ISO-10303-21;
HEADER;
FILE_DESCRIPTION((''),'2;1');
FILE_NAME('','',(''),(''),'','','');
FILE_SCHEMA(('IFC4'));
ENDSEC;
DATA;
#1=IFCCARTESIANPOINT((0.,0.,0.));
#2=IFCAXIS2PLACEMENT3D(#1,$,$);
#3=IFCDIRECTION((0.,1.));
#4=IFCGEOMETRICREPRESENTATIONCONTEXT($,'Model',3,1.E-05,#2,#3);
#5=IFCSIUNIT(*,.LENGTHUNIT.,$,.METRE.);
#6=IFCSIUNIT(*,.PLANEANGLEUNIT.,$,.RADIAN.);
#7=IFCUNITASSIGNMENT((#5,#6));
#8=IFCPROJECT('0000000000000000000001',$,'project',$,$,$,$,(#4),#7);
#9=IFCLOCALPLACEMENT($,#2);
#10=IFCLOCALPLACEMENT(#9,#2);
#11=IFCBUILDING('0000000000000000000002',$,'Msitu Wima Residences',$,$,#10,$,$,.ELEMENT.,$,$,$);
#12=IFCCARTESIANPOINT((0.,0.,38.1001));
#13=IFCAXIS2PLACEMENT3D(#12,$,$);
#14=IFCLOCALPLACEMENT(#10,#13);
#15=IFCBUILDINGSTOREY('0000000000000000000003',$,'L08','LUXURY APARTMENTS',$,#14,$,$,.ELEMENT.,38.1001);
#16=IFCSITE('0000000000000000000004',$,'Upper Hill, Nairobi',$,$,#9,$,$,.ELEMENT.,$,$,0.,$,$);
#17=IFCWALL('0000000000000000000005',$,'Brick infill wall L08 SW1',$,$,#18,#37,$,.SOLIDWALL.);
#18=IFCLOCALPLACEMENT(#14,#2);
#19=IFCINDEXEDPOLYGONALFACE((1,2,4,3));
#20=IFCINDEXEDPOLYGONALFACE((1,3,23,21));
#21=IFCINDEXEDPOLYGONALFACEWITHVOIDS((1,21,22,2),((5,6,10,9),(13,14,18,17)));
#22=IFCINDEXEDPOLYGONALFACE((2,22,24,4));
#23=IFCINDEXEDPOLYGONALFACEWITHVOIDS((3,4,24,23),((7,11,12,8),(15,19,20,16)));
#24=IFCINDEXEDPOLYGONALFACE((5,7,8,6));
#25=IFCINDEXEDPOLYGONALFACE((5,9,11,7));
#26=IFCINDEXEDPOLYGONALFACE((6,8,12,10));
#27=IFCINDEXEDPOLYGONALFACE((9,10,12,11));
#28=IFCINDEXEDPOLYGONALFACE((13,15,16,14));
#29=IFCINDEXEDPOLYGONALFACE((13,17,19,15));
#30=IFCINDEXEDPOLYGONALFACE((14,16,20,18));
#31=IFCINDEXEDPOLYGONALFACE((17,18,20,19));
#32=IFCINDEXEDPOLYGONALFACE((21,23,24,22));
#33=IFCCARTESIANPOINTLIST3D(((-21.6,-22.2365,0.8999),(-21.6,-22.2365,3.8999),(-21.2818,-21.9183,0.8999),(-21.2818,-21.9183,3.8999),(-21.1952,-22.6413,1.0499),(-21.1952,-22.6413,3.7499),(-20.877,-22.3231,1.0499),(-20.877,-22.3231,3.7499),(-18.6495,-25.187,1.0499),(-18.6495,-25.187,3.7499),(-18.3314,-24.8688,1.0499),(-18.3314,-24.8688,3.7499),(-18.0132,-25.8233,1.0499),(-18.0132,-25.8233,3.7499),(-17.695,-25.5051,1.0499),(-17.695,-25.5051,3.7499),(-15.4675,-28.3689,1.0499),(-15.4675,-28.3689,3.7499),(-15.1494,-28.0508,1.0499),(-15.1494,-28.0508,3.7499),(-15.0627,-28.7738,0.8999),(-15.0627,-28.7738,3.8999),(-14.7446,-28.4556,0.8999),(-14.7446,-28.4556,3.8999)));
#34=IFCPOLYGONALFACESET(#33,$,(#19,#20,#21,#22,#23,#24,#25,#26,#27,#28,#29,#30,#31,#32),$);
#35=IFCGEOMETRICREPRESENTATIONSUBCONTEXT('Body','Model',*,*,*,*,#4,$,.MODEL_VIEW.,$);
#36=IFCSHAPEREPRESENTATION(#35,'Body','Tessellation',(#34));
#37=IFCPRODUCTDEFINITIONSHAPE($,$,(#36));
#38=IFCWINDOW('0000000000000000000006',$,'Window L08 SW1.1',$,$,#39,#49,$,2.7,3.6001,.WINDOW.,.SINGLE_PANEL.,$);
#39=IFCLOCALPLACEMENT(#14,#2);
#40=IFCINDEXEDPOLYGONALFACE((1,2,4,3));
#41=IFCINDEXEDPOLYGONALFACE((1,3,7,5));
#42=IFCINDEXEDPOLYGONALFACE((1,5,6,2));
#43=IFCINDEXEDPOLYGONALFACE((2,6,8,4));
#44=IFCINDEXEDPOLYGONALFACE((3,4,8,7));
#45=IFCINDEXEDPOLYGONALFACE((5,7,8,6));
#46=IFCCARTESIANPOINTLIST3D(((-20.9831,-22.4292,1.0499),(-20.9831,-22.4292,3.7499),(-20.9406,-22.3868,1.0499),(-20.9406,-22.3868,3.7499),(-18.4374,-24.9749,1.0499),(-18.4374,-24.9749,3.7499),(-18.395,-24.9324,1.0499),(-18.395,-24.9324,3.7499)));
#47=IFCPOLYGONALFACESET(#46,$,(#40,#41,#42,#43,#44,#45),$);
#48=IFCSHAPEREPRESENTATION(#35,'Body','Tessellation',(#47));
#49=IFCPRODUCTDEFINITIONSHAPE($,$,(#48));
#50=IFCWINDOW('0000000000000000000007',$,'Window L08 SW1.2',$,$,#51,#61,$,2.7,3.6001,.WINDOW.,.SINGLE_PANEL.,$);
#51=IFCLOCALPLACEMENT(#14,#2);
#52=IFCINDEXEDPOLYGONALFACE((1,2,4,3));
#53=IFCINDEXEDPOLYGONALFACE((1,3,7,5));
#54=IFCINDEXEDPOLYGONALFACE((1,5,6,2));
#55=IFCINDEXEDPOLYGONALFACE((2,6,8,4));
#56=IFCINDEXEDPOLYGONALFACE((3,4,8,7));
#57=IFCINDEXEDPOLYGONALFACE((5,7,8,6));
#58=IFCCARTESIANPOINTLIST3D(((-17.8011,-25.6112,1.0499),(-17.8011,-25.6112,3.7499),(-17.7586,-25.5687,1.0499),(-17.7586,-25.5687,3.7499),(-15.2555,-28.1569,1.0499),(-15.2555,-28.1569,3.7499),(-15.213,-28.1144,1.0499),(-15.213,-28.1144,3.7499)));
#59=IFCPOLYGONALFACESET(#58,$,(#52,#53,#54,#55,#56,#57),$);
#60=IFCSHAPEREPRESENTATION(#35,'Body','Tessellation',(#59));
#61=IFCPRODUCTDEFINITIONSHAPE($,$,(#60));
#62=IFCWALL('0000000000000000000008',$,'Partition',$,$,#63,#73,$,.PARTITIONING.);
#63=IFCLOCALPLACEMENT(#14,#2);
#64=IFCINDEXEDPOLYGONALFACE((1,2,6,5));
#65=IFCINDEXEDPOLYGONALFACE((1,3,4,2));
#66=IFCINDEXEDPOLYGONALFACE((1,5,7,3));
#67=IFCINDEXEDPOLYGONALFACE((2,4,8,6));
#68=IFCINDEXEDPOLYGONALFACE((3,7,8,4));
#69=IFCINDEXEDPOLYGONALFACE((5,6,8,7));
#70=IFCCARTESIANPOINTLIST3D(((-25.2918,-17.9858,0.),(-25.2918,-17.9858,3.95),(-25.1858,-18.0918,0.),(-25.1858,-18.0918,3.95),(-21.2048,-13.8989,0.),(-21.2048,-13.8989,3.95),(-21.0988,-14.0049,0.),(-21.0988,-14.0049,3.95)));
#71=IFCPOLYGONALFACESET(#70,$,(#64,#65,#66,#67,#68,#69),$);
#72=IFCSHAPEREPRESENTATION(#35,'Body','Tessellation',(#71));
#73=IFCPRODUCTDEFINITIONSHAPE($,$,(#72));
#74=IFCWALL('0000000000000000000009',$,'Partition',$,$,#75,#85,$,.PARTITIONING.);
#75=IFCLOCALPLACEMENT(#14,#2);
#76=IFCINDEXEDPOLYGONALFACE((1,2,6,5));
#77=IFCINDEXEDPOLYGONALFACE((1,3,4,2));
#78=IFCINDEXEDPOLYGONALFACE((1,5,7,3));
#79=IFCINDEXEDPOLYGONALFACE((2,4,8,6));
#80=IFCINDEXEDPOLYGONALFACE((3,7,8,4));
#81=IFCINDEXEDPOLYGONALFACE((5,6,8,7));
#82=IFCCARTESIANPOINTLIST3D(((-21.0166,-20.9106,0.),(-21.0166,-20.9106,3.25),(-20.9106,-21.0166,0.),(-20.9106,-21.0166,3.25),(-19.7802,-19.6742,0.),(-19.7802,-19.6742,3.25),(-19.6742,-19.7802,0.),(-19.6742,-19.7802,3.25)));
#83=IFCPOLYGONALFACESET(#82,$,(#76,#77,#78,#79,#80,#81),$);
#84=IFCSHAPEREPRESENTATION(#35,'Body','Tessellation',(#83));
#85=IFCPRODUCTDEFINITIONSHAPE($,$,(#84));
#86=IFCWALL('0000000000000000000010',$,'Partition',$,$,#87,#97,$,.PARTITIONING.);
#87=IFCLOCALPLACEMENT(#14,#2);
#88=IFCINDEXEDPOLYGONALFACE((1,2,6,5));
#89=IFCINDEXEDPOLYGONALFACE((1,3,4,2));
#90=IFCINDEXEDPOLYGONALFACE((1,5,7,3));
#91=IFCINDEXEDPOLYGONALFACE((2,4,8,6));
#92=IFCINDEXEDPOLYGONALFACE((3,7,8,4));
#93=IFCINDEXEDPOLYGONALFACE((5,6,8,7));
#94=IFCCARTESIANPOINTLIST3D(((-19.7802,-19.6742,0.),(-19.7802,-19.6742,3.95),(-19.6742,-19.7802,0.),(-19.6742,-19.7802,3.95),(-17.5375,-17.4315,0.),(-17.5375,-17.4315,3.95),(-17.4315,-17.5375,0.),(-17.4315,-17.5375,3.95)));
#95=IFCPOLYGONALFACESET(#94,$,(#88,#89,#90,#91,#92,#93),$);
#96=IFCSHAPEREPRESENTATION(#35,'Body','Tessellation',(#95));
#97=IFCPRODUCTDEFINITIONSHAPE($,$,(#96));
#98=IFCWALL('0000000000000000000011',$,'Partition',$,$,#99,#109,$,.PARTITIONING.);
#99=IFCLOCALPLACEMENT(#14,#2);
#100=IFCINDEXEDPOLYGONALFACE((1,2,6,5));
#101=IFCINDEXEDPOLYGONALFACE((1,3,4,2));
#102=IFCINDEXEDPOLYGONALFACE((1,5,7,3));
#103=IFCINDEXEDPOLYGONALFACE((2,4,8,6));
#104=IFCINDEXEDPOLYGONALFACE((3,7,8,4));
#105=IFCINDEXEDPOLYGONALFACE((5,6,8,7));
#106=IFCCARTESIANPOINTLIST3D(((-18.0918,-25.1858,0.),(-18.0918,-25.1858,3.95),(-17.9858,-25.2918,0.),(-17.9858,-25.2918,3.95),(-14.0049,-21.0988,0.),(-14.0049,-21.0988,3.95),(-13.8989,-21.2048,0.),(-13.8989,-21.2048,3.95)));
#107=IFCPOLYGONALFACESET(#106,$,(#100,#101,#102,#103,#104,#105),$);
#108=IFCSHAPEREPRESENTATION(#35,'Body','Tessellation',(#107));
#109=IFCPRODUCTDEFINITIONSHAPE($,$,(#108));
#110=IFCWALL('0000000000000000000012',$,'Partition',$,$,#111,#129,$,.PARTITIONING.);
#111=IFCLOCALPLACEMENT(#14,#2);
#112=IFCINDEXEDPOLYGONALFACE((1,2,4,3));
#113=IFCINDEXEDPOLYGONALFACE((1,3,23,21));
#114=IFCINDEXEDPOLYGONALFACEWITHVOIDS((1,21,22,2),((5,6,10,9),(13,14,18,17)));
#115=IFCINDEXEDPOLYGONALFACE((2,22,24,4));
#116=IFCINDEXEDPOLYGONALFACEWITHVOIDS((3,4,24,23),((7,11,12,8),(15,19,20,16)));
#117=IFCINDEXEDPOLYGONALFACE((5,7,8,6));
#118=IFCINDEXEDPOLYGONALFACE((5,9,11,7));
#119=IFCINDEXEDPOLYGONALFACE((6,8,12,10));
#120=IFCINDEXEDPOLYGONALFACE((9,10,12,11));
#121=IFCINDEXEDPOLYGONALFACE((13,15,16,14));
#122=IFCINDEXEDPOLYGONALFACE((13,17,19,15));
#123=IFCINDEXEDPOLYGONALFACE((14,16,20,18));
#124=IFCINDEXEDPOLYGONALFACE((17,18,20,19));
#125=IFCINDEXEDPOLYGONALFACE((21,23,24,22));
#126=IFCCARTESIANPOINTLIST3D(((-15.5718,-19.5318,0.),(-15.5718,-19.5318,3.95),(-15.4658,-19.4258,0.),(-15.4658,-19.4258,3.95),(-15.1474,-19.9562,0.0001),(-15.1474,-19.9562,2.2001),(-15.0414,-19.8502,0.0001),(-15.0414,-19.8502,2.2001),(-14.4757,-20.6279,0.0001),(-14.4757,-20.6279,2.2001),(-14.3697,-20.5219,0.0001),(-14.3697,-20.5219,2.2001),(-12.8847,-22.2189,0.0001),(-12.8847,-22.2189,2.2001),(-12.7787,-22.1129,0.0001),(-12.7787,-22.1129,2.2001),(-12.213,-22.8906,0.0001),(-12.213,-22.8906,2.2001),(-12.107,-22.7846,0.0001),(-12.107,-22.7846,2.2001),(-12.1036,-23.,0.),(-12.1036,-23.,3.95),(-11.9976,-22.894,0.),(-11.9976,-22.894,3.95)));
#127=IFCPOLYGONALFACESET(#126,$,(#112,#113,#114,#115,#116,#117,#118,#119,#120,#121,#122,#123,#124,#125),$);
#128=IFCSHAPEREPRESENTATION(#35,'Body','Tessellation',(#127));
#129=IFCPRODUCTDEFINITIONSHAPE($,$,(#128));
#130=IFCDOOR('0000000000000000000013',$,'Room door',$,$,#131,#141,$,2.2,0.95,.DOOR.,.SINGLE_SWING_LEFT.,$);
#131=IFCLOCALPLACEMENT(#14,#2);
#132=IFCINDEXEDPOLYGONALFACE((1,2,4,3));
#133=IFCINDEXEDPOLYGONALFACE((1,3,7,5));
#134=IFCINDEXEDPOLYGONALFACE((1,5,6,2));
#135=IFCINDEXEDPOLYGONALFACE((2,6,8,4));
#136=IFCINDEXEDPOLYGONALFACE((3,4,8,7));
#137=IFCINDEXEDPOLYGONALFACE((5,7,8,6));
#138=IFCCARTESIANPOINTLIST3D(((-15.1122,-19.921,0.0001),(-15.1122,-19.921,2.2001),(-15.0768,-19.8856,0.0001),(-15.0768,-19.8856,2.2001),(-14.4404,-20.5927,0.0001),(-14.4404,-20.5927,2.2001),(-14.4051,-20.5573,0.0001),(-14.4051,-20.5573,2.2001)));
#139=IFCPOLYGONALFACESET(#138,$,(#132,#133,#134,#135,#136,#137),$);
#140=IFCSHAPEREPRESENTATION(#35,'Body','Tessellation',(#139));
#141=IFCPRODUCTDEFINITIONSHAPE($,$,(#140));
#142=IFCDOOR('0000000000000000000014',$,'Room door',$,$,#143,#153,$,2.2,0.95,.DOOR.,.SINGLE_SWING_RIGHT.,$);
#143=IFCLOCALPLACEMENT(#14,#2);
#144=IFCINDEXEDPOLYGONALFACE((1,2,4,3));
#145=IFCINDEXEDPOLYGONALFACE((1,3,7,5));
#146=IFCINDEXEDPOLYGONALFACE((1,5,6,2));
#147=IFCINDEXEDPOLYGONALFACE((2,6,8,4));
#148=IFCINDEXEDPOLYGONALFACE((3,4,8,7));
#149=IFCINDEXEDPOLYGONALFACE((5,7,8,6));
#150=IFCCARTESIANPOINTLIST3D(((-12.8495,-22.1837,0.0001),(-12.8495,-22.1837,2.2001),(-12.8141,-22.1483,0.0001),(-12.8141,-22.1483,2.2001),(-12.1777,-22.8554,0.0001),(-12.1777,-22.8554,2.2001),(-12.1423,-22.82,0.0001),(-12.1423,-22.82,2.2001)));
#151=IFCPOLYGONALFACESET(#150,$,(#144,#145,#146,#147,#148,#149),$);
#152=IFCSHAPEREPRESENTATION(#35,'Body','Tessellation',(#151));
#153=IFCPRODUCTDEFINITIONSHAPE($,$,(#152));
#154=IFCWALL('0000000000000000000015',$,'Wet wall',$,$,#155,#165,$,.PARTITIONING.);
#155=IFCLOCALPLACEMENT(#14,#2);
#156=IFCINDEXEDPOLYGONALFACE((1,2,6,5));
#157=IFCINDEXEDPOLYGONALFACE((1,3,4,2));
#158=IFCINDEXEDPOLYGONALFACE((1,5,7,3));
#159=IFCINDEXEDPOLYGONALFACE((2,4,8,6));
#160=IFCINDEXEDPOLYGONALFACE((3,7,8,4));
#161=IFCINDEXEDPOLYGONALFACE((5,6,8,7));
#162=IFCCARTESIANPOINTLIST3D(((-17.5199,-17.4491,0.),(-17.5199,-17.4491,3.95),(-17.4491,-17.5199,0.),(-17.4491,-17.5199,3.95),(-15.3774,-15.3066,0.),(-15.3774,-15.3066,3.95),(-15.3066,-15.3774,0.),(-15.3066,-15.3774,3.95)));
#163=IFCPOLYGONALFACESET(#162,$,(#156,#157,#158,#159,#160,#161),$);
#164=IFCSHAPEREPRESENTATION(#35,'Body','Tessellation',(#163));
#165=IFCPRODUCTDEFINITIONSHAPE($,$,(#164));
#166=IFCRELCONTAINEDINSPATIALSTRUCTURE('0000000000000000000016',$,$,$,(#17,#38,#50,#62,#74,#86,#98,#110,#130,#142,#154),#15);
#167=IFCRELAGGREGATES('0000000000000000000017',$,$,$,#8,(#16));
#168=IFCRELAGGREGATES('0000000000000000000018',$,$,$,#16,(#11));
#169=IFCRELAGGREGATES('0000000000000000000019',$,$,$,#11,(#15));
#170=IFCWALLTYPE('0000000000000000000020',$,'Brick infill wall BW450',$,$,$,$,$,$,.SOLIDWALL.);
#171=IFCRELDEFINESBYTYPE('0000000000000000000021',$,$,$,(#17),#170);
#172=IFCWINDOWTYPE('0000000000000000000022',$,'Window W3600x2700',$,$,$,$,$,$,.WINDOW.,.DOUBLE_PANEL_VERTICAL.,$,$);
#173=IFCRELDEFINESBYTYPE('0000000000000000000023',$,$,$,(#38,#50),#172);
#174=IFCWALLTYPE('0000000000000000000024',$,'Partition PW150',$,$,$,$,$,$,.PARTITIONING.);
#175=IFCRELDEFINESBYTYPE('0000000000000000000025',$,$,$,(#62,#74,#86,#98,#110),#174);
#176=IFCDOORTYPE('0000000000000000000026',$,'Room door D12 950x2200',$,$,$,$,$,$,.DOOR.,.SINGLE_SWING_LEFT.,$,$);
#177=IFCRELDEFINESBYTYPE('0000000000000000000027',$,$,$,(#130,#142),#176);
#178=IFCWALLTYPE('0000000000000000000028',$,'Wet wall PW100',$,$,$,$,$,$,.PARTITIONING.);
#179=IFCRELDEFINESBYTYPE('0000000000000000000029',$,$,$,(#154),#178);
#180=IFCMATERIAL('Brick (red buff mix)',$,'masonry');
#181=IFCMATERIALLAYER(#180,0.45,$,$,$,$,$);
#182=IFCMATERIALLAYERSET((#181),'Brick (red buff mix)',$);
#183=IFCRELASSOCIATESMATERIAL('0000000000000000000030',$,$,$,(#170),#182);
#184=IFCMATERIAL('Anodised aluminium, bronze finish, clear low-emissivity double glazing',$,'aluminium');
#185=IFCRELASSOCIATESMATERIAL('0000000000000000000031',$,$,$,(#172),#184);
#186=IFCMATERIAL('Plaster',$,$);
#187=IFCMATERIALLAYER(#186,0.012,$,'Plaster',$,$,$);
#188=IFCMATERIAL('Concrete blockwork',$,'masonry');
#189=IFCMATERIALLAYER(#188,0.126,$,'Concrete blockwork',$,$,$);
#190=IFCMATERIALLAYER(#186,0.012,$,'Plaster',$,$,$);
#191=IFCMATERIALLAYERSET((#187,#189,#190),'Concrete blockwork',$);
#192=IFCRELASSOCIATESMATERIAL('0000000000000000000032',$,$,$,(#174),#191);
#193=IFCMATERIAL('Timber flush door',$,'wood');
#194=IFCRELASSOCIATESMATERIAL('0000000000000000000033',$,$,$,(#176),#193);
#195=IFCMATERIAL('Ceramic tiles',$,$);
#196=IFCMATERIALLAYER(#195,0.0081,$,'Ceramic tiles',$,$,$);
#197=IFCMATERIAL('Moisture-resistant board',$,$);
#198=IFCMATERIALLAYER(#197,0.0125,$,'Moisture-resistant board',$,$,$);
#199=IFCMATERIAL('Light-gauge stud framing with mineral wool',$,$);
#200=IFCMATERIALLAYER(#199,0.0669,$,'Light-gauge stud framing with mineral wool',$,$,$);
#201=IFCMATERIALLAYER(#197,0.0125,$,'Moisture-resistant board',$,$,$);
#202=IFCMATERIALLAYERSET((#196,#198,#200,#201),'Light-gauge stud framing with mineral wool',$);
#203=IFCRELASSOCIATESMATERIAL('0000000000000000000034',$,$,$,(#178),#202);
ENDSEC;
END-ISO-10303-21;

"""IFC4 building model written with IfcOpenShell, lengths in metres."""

from ifc_helpers import new_model, si_unit, direction, frame, frame_2d, origin, place, context, subcontext, project, spatial, rectangle, extrude, material, layer, layer_set, type_object, element, fill, save


model = new_model("IFC4")

# Units and contexts
model_context = context("Model", 3, precision=1e-05, world=origin(), true_north=direction((0.0, 1.0)))
body_context = subcontext(model_context, "Body", "Model", "MODEL_VIEW")
ifc_project = project(units=[si_unit("LENGTHUNIT", "METRE"), si_unit("PLANEANGLEUNIT", "RADIAN")], contexts=[model_context])

# Site, building, storey
site_placement = place(None, origin())
site = spatial("IfcSite", under=ifc_project, at=site_placement, Name="Upper Hill, Nairobi", CompositionType="ELEMENT", RefElevation=0.0)
building_placement = place(site_placement, origin())
building = spatial("IfcBuilding", under=site, at=building_placement, Name="Msitu Wima Residences", CompositionType="ELEMENT")
storey_placement = place(building_placement, frame((0.0, 0.0, 38.1001)))
storey = spatial("IfcBuildingStorey", under=building, at=storey_placement, Name="L08", Description="LUXURY APARTMENTS", CompositionType="ELEMENT", Elevation=38.1001)

# Shared definitions
ifc_material_1 = material(Name="Brick (red buff mix)", Category="masonry")
ifc_layer_1 = layer(ifc_material_1, 0.45)
ifc_layer_set_1 = layer_set([ifc_layer_1], Name="Brick (red buff mix)")
wall_type_1 = type_object("IfcWallType", Name="Brick infill wall BW450", PredefinedType="SOLIDWALL", material=ifc_layer_set_1)
ifc_material_2 = material(Name="Anodised aluminium, bronze finish, clear low-emissivity double glazing", Category="aluminium")
window_type = type_object("IfcWindowType", Name="Window W3600x2700", PartitioningType="DOUBLE_PANEL_VERTICAL", PredefinedType="WINDOW", material=ifc_material_2)

# Wall, openings, windows
wall_1_placement = place(storey_placement, frame((-21.4409, -22.0774, 0.8999), z_axis=(0.0, 0.0, 1.0), x_axis=(0.707107, -0.707107, 0.0)))
wall_1 = element("IfcWall", 1, at=wall_1_placement, inside=storey, type_object=wall_type_1, Name="Brick infill wall L08 SW1", PredefinedType="SOLIDWALL", context=body_context, shape_type="SweptSolid", body=[
    extrude(rectangle(XDim=9.2451, YDim=0.45, at=frame_2d((4.6226, 0.0))), origin(), (0.0, 0.0, 1.0), 3.0),
])
opening_1_placement = place(wall_1_placement, frame((0.5725, 0.0, 0.1499)))
opening_1 = element("IfcOpeningElement", 2, at=opening_1_placement, cuts=wall_1, PredefinedType="OPENING", context=body_context, shape_type="SweptSolid", body=[
    extrude(rectangle(XDim=3.6001, YDim=2.7, at=frame_2d((1.8, 1.3501))), frame((0.0, 0.2349, 0.0), z_axis=(0.0, -1.0, 0.0), x_axis=(1.0, 0.0, 0.0)), (0.0, 0.0, 1.0), 0.47),
])
opening_2_placement = place(wall_1_placement, frame((5.0725, 0.0, 0.1499)))
opening_2 = element("IfcOpeningElement", 3, at=opening_2_placement, cuts=wall_1, PredefinedType="OPENING", context=body_context, shape_type="SweptSolid", body=[
    extrude(rectangle(XDim=3.6001, YDim=2.7, at=frame_2d((1.8, 1.3501))), frame((0.0, 0.2349, 0.0), z_axis=(0.0, -1.0, 0.0), x_axis=(1.0, 0.0, 0.0)), (0.0, 0.0, 1.0), 0.47),
])
window_1_placement = place(opening_1_placement, origin())
window_1 = element("IfcWindow", 4, at=window_1_placement, inside=storey, type_object=window_type, Name="Window L08 SW1.1", OverallHeight=2.7, OverallWidth=3.6001, PartitioningType="SINGLE_PANEL", PredefinedType="WINDOW", context=body_context, shape_type="SweptSolid", body=[
    extrude(rectangle(XDim=3.6001, YDim=2.7, at=frame_2d((1.8, 1.3501))), frame((0.0, 0.135, 0.0), z_axis=(0.0, -1.0, 0.0), x_axis=(1.0, 0.0, 0.0)), (0.0, 0.0, 1.0), 0.0601),
])
fill(opening_1, window_1)
window_2_placement = place(opening_2_placement, origin())
window_2 = element("IfcWindow", 5, at=window_2_placement, inside=storey, type_object=window_type, Name="Window L08 SW1.2", OverallHeight=2.7, OverallWidth=3.6001, PartitioningType="SINGLE_PANEL", PredefinedType="WINDOW", context=body_context, shape_type="SweptSolid", body=[
    extrude(rectangle(XDim=3.6001, YDim=2.7, at=frame_2d((1.8, 1.3501))), frame((0.0, 0.135, 0.0), z_axis=(0.0, -1.0, 0.0), x_axis=(1.0, 0.0, 0.0)), (0.0, 0.0, 1.0), 0.0601),
])
fill(opening_2, window_2)

# Walls
ifc_material_3 = material(Name="Plaster")
ifc_layer_2 = layer(ifc_material_3, 0.012, Name="Plaster")
ifc_material_4 = material(Name="Concrete blockwork", Category="masonry")
ifc_layer_3 = layer(ifc_material_4, 0.126, Name="Concrete blockwork")
ifc_layer_4 = layer(ifc_material_3, 0.012, Name="Plaster")
ifc_layer_set_2 = layer_set([ifc_layer_2, ifc_layer_3, ifc_layer_4], Name="Concrete blockwork")
wall_type_2 = type_object("IfcWallType", Name="Partition PW150", PredefinedType="PARTITIONING", material=ifc_layer_set_2)
wall_2_placement = place(storey_placement, frame((-25.2388, -18.0388, 0.0), z_axis=(0.0, 0.0, 1.0), x_axis=(0.707107, 0.707107, 0.0)))
element("IfcWall", 6, at=wall_2_placement, inside=storey, type_object=wall_type_2, Name="Partition", PredefinedType="PARTITIONING", context=body_context, shape_type="SweptSolid", body=[
    extrude(rectangle(XDim=5.7798, YDim=0.1499, at=frame_2d((2.8899, 0.0))), origin(), (0.0, 0.0, 1.0), 3.95),
])
wall_3_placement = place(storey_placement, frame((-20.9636, -20.9636, 0.0), z_axis=(0.0, 0.0, 1.0), x_axis=(0.707107, 0.707107, 0.0)))
element("IfcWall", 7, at=wall_3_placement, inside=storey, type_object=wall_type_2, Name="Partition", PredefinedType="PARTITIONING", context=body_context, shape_type="SweptSolid", body=[
    extrude(rectangle(XDim=1.7485, YDim=0.1499, at=frame_2d((0.8743, 0.0))), origin(), (0.0, 0.0, 1.0), 3.25),
])
wall_4_placement = place(storey_placement, frame((-19.7273, -19.7273, 0.0), z_axis=(0.0, 0.0, 1.0), x_axis=(0.707107, 0.707107, 0.0)))
element("IfcWall", 8, at=wall_4_placement, inside=storey, type_object=wall_type_2, Name="Partition", PredefinedType="PARTITIONING", context=body_context, shape_type="SweptSolid", body=[
    extrude(rectangle(XDim=3.1716, YDim=0.1499, at=frame_2d((1.5859, 0.0))), origin(), (0.0, 0.0, 1.0), 3.95),
])
wall_5_placement = place(storey_placement, frame((-18.0388, -25.2388, 0.0), z_axis=(0.0, 0.0, 1.0), x_axis=(0.707107, 0.707107, 0.0)))
element("IfcWall", 9, at=wall_5_placement, inside=storey, type_object=wall_type_2, Name="Partition", PredefinedType="PARTITIONING", context=body_context, shape_type="SweptSolid", body=[
    extrude(rectangle(XDim=5.7798, YDim=0.1499, at=frame_2d((2.8899, 0.0))), origin(), (0.0, 0.0, 1.0), 3.95),
])

# Wall, openings, doors
wall_6_placement = place(storey_placement, frame((-15.5188, -19.4788, 0.0), z_axis=(0.0, 0.0, 1.0), x_axis=(0.707107, -0.707107, 0.0)))
wall_6 = element("IfcWall", 10, at=wall_6_placement, inside=storey, type_object=wall_type_2, Name="Partition", PredefinedType="PARTITIONING", context=body_context, shape_type="SweptSolid", body=[
    extrude(rectangle(XDim=4.9048, YDim=0.1499, at=frame_2d((2.4524, 0.0))), origin(), (0.0, 0.0, 1.0), 3.95),
])
opening_3_placement = place(wall_6_placement, frame((0.6001, 0.0, 0.0)))
opening_3 = element("IfcOpeningElement", 11, at=opening_3_placement, cuts=wall_6, PredefinedType="OPENING", context=body_context, shape_type="SweptSolid", body=[
    extrude(rectangle(XDim=0.95, YDim=2.2, at=frame_2d((0.4751, 1.1001))), frame((0.0, 0.085, 0.0), z_axis=(0.0, -1.0, 0.0), x_axis=(1.0, 0.0, 0.0)), (0.0, 0.0, 1.0), 0.1699),
])
opening_4_placement = place(wall_6_placement, frame((3.8, 0.0, 0.0)))
opening_4 = element("IfcOpeningElement", 12, at=opening_4_placement, cuts=wall_6, PredefinedType="OPENING", context=body_context, shape_type="SweptSolid", body=[
    extrude(rectangle(XDim=0.95, YDim=2.2, at=frame_2d((0.4751, 1.1001))), frame((0.0, 0.085, 0.0), z_axis=(0.0, -1.0, 0.0), x_axis=(1.0, 0.0, 0.0)), (0.0, 0.0, 1.0), 0.1699),
])
ifc_material_5 = material(Name="Timber flush door", Category="wood")
door_type_1 = type_object("IfcDoorType", Name="Room door D12 950x2200", OperationType="SINGLE_SWING_LEFT", PredefinedType="DOOR", material=ifc_material_5)
door_1_placement = place(opening_3_placement, origin())
door_1 = element("IfcDoor", 13, at=door_1_placement, inside=storey, type_object=door_type_1, Name="Room door", OperationType="SINGLE_SWING_LEFT", OverallHeight=2.2, OverallWidth=0.95, PredefinedType="DOOR", context=body_context, shape_type="SweptSolid", body=[
    extrude(rectangle(XDim=0.95, YDim=2.2, at=frame_2d((0.4751, 1.1001))), frame((0.0, 0.0249, 0.0), z_axis=(0.0, -1.0, 0.0), x_axis=(1.0, 0.0, 0.0)), (0.0, 0.0, 1.0), 0.05),
])
fill(opening_3, door_1)
door_2_placement = place(opening_4_placement, origin())
door_2 = element("IfcDoor", 14, at=door_2_placement, inside=storey, type_object=door_type_1, Name="Room door", OperationType="SINGLE_SWING_RIGHT", OverallHeight=2.2, OverallWidth=0.95, PredefinedType="DOOR", context=body_context, shape_type="SweptSolid", body=[
    extrude(rectangle(XDim=0.95, YDim=2.2, at=frame_2d((0.4751, 1.1001))), frame((0.0, 0.0249, 0.0), z_axis=(0.0, -1.0, 0.0), x_axis=(1.0, 0.0, 0.0)), (0.0, 0.0, 1.0), 0.05),
])
fill(opening_4, door_2)

# Wall
ifc_material_6 = material(Name="Ceramic tiles")
ifc_layer_5 = layer(ifc_material_6, 0.0081, Name="Ceramic tiles")
ifc_material_7 = material(Name="Moisture-resistant board")
ifc_layer_6 = layer(ifc_material_7, 0.0125, Name="Moisture-resistant board")
ifc_material_8 = material(Name="Light-gauge stud framing with mineral wool")
ifc_layer_7 = layer(ifc_material_8, 0.0669, Name="Light-gauge stud framing with mineral wool")
ifc_layer_8 = layer(ifc_material_7, 0.0125, Name="Moisture-resistant board")
ifc_layer_set_3 = layer_set([ifc_layer_5, ifc_layer_6, ifc_layer_7, ifc_layer_8], Name="Light-gauge stud framing with mineral wool")
wall_type_3 = type_object("IfcWallType", Name="Wet wall PW100", PredefinedType="PARTITIONING", material=ifc_layer_set_3)
wall_7_placement = place(storey_placement, frame((-17.4846, -17.4846, 0.0), z_axis=(0.0, 0.0, 1.0), x_axis=(0.707107, 0.707107, 0.0)))
element("IfcWall", 15, at=wall_7_placement, inside=storey, type_object=wall_type_3, Name="Wet wall", PredefinedType="PARTITIONING", context=body_context, shape_type="SweptSolid", body=[
    extrude(rectangle(XDim=3.03, YDim=0.1001, at=frame_2d((1.5151, 0.0))), origin(), (0.0, 0.0, 1.0), 3.95),
])

save(model, "model.ifc")
